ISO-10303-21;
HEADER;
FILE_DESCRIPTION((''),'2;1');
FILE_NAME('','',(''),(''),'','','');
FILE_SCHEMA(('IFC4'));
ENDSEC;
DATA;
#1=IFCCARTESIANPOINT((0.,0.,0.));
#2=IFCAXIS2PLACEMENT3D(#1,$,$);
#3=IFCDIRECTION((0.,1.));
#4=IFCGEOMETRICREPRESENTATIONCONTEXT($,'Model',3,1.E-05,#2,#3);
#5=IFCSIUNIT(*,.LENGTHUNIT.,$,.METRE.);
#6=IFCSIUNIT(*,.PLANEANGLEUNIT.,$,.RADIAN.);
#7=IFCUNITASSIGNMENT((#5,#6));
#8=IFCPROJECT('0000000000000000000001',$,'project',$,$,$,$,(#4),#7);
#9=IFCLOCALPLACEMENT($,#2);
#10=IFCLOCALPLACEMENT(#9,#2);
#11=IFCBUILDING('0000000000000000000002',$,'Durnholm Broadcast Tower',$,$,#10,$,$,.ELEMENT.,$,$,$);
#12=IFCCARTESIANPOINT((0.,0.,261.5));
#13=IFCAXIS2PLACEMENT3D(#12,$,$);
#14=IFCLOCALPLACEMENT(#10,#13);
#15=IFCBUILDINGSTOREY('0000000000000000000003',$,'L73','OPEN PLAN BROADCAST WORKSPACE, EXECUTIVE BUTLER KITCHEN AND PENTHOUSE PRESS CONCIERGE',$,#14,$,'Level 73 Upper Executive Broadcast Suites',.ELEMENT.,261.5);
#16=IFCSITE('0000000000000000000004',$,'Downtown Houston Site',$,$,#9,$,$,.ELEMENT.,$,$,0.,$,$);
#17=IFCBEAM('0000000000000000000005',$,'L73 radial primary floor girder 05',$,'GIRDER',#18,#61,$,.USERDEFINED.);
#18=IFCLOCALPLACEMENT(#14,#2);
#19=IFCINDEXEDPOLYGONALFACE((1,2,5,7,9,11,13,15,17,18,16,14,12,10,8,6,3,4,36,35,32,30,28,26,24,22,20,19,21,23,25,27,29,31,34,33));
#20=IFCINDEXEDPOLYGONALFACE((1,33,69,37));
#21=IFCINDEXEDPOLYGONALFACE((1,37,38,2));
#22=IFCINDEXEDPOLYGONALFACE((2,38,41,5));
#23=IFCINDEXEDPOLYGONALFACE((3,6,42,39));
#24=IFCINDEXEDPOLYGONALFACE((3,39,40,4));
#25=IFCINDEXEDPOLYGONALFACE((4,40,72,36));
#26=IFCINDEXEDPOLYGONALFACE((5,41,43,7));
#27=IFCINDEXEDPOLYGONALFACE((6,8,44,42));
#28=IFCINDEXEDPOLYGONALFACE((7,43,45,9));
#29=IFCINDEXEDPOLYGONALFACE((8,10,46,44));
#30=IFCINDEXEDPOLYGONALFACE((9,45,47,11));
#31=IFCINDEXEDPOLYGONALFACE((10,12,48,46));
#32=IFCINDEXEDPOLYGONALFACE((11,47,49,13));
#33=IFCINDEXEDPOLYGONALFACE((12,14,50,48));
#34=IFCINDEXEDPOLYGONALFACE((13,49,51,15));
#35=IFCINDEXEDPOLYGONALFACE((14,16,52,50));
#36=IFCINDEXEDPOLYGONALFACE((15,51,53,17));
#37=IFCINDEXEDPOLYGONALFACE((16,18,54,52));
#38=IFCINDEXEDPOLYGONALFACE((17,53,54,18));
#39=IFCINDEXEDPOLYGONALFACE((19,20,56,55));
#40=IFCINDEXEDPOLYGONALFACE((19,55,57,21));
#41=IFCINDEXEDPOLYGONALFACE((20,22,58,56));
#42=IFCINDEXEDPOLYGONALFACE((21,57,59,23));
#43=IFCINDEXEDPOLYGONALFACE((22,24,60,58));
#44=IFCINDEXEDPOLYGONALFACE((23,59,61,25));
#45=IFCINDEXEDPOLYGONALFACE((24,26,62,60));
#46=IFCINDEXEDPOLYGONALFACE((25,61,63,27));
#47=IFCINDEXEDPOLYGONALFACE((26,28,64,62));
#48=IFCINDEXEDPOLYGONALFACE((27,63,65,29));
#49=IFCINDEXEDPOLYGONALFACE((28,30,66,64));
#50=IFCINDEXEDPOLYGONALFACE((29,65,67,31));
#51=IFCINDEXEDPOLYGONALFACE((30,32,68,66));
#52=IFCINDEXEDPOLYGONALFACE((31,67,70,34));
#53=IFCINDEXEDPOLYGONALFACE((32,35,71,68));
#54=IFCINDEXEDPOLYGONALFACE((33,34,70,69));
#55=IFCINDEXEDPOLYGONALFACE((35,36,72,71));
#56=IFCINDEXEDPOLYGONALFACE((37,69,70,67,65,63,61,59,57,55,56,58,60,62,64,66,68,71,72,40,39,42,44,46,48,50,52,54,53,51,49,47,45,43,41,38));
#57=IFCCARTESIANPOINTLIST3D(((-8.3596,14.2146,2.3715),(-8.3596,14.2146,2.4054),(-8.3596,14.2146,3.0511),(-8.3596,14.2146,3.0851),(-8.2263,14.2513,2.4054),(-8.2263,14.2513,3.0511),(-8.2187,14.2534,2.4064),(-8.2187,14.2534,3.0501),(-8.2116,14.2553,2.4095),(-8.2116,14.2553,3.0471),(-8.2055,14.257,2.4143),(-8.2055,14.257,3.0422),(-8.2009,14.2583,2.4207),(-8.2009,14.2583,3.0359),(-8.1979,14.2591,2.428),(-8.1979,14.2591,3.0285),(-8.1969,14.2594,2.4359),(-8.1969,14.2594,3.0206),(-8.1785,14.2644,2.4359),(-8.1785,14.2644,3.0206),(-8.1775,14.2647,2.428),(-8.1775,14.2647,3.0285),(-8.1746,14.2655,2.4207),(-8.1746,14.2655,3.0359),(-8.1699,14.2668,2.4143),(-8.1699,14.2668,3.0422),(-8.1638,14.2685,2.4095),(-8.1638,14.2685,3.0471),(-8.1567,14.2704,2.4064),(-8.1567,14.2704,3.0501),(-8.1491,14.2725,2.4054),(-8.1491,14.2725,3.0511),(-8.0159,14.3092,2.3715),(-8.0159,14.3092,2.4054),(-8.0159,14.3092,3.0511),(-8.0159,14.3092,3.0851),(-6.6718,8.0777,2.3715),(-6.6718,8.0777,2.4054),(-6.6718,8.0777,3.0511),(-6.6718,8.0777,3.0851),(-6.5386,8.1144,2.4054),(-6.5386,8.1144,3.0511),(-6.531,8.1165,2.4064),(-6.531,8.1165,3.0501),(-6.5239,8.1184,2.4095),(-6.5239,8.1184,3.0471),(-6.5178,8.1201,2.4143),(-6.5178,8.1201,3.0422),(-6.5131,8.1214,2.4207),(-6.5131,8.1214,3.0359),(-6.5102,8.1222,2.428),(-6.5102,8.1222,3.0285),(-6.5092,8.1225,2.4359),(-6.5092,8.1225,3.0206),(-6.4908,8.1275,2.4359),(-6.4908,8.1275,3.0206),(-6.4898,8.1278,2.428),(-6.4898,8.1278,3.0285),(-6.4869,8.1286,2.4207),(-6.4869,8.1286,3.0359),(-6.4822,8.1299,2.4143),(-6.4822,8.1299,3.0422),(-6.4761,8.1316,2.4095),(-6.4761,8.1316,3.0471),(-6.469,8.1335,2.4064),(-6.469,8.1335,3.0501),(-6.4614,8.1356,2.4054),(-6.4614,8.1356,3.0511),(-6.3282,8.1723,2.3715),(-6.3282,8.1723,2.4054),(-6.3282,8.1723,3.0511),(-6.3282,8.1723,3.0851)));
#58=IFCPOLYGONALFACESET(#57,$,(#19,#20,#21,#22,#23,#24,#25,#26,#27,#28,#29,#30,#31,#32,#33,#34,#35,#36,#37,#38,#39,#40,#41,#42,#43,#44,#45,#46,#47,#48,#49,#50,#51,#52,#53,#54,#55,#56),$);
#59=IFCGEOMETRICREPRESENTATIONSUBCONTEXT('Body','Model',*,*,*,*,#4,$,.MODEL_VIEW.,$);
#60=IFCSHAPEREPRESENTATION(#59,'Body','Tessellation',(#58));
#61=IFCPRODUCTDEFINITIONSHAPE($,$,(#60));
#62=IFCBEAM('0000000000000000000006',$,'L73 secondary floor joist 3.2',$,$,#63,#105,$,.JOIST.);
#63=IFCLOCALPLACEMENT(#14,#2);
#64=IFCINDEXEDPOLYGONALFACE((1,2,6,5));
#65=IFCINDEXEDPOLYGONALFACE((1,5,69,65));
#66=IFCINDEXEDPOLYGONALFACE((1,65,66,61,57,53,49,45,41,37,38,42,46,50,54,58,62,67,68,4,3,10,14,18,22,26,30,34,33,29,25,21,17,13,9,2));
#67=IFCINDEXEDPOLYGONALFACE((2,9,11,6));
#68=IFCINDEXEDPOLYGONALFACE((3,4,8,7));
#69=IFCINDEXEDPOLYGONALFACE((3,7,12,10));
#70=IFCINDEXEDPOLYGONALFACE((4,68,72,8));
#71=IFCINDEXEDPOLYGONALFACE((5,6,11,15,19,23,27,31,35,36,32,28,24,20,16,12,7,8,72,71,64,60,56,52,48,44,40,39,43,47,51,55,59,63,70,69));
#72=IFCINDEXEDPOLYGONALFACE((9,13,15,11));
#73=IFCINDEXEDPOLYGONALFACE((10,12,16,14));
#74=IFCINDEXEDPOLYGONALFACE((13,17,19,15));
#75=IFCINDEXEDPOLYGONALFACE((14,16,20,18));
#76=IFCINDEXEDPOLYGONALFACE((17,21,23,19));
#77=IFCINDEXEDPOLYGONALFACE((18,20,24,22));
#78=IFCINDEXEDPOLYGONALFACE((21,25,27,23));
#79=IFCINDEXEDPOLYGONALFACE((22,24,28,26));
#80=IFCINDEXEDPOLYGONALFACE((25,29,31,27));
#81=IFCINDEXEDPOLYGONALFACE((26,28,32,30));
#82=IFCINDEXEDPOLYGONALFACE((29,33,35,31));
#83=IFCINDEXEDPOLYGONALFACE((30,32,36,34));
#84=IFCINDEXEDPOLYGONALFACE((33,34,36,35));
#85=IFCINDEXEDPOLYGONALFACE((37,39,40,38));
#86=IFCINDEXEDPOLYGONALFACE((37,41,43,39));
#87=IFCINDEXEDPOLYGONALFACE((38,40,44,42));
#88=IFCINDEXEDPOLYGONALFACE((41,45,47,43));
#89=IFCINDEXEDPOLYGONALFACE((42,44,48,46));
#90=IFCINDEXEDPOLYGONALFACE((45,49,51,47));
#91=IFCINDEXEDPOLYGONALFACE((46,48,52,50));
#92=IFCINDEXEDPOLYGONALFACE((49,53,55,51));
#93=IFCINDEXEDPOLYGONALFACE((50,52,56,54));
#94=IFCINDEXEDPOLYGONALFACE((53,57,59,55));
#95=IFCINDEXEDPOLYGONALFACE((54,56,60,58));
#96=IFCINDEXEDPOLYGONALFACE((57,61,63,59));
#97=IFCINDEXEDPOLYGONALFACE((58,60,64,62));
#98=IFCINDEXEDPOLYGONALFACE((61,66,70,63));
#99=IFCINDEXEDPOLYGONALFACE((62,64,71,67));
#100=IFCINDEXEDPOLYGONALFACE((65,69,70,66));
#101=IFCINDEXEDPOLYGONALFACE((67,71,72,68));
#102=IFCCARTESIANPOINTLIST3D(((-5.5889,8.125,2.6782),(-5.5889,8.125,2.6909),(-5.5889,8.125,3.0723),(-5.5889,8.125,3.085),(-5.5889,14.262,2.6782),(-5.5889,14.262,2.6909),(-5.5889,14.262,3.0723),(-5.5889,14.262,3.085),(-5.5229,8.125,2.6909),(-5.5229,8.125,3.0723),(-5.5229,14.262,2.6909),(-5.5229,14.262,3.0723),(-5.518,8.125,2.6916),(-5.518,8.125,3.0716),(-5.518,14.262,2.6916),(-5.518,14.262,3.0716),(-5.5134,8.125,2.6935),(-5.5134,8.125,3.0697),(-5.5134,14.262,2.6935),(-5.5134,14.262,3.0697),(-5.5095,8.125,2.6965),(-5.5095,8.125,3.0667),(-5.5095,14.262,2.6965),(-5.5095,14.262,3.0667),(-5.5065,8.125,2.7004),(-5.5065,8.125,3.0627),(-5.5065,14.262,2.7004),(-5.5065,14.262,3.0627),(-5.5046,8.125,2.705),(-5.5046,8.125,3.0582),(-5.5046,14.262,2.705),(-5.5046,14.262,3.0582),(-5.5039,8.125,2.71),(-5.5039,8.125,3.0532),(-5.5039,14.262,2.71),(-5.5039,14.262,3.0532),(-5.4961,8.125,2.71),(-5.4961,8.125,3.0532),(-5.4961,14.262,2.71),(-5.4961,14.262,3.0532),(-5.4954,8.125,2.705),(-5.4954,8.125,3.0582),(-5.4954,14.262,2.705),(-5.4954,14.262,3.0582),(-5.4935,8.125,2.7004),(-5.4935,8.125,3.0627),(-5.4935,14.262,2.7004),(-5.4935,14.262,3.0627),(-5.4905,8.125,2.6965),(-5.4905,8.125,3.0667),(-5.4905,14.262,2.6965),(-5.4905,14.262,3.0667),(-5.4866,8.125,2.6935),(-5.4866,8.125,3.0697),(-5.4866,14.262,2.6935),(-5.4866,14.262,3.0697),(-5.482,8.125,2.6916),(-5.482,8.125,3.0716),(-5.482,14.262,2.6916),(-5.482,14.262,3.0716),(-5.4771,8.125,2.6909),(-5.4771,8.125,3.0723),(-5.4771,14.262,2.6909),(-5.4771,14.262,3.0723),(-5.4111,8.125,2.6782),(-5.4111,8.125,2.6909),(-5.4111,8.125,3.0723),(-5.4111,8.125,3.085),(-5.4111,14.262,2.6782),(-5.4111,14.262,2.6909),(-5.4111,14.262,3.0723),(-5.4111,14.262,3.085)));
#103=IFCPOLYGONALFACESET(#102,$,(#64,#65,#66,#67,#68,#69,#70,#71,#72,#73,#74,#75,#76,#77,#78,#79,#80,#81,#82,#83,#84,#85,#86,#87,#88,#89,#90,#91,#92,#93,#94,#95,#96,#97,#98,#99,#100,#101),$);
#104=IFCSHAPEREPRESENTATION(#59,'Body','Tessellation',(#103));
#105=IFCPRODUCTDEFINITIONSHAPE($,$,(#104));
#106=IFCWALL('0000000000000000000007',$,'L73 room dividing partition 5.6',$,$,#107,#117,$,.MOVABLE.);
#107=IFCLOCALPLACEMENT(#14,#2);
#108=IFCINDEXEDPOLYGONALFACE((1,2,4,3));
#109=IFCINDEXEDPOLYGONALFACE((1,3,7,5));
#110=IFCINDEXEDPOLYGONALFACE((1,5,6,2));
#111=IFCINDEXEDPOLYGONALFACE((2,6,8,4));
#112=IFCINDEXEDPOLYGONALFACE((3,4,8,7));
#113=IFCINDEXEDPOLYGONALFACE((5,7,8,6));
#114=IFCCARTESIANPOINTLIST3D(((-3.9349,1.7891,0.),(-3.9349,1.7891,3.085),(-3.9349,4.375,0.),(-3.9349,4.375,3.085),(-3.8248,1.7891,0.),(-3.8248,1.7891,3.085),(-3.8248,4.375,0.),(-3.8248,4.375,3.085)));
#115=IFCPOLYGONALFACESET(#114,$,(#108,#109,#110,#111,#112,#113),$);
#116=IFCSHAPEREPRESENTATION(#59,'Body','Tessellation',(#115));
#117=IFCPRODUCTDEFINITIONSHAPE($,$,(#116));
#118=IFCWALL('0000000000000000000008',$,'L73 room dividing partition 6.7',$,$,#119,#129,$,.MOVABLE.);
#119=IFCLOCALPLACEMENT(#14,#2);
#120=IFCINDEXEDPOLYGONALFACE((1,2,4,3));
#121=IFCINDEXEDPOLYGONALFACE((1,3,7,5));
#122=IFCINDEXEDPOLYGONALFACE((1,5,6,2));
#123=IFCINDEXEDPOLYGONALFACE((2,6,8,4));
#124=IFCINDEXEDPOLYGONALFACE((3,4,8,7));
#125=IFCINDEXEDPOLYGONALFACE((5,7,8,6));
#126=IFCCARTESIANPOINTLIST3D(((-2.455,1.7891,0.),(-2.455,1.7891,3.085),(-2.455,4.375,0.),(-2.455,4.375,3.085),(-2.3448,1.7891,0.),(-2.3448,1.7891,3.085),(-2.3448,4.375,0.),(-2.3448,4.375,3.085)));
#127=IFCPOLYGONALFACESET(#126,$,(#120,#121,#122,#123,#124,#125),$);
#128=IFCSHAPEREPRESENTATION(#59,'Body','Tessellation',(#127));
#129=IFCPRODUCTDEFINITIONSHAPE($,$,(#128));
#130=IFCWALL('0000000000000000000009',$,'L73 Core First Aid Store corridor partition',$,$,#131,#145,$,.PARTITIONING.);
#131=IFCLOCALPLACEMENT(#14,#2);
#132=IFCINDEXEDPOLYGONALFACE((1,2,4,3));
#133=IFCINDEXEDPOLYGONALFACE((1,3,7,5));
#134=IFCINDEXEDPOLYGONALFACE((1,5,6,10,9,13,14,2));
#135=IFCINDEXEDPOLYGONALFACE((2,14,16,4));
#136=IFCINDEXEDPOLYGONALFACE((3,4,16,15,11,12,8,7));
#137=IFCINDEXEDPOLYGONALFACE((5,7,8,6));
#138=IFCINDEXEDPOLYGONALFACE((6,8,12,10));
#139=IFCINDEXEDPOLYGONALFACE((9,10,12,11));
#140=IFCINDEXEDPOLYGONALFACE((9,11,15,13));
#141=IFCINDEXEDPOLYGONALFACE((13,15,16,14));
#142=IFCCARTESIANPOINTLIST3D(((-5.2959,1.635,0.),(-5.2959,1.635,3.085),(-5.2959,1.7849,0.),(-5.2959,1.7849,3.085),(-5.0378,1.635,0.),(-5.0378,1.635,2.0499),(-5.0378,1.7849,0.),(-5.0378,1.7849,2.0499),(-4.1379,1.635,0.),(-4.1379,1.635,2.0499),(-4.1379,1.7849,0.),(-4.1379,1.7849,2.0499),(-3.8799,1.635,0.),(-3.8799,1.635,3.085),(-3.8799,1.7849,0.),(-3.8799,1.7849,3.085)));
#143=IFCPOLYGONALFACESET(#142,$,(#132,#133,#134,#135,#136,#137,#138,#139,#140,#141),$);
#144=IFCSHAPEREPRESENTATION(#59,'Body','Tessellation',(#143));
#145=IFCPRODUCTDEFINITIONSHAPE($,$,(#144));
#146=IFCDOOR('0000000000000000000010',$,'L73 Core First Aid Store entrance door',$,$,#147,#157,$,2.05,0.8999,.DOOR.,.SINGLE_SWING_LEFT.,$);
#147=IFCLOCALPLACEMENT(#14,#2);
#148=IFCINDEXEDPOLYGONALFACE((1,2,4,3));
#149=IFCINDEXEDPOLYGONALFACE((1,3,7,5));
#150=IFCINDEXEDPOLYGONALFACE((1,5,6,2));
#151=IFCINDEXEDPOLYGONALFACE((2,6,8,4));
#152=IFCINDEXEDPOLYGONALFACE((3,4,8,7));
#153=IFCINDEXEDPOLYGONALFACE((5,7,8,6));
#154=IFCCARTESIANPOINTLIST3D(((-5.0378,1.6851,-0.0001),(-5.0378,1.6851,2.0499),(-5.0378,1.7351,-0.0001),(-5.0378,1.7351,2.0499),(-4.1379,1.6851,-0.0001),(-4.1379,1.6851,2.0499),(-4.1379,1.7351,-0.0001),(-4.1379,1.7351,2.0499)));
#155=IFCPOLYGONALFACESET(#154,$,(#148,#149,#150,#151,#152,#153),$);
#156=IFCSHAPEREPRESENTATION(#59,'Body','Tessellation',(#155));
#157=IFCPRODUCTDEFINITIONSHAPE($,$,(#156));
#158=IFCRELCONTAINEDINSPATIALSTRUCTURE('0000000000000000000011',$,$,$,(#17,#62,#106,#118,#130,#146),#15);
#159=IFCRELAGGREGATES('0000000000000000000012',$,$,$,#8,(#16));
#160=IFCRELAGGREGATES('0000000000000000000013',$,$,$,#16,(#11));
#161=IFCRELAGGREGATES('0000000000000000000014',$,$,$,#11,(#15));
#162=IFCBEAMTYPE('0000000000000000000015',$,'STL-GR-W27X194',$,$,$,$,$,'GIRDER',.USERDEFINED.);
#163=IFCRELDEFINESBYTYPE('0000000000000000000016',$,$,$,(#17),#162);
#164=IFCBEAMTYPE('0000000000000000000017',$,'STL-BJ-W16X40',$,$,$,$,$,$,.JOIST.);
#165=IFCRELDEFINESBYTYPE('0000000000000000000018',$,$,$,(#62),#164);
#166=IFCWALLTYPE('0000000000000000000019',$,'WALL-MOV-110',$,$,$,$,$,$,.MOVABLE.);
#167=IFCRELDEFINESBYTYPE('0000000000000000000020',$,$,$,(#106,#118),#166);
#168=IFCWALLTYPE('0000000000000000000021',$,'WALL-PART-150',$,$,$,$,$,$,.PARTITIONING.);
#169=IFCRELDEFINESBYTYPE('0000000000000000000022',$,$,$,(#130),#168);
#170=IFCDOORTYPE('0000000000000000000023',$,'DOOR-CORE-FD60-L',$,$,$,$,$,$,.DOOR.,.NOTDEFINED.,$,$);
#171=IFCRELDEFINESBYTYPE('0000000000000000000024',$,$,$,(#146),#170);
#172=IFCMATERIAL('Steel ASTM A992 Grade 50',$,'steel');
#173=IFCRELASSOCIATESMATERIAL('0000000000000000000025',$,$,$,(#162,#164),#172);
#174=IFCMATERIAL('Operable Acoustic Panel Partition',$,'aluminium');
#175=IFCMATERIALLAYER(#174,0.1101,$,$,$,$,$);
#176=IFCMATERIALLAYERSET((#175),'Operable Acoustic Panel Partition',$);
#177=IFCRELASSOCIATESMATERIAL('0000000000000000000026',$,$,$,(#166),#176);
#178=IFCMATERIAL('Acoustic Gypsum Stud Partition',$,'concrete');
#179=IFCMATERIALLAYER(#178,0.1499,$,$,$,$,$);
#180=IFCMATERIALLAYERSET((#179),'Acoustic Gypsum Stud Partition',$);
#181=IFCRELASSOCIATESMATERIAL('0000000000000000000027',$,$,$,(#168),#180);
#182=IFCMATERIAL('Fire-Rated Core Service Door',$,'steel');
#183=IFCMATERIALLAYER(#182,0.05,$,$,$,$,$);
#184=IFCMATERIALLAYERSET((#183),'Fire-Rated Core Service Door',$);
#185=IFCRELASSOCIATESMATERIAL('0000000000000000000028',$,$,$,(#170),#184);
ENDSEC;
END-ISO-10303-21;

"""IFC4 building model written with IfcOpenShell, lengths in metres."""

from ifc_helpers import new_model, si_unit, direction, frame, frame_2d, origin, origin_2d, place, context, subcontext, project, spatial, rectangle, i_section, extrude, source, transform, mapped, material, layer, layer_set, material_profile, profile_set, type_object, type_shapes, element, fill, save


model = new_model("IFC4")

# Units and contexts
model_context = context("Model", 3, precision=1e-05, world=origin(), true_north=direction((0.0, 1.0)))
body_context = subcontext(model_context, "Body", "Model", "MODEL_VIEW")
ifc_project = project(units=[si_unit("LENGTHUNIT", "METRE"), si_unit("PLANEANGLEUNIT", "RADIAN")], contexts=[model_context])

# Site, building, storey
site_placement = place(None, origin())
site = spatial("IfcSite", under=ifc_project, at=site_placement, Name="Downtown Houston Site", CompositionType="ELEMENT", RefElevation=0.0)
building_placement = place(site_placement, origin())
building = spatial("IfcBuilding", under=site, at=building_placement, Name="Durnholm Broadcast Tower", CompositionType="ELEMENT")
storey_placement = place(building_placement, frame((0.0, 0.0, 261.5)))
storey = spatial("IfcBuildingStorey", under=building, at=storey_placement, Name="L73", Description="OPEN PLAN BROADCAST WORKSPACE, EXECUTIVE BUTLER KITCHEN AND PENTHOUSE PRESS CONCIERGE", LongName="Level 73 Upper Executive Broadcast Suites", CompositionType="ELEMENT", Elevation=261.5)

# Beams
ifc_material_1 = material(Name="Steel ASTM A992 Grade 50", Category="steel")
ifc_material_profile_1 = material_profile(ifc_material_1, i_section(OverallWidth=0.3564, OverallDepth=0.7136, WebThickness=0.019, FlangeThickness=0.0339, FilletRadius=0.0305, at=origin_2d()), Name="W27X194")
ifc_profile_set_1 = profile_set([ifc_material_profile_1], Name="Steel ASTM A992 Grade 50")
beam_type_1 = type_object("IfcBeamType", Name="STL-GR-W27X194", ElementType="GIRDER", PredefinedType="USERDEFINED", material=ifc_profile_set_1)
shared_shape_1 = source(origin(), body_context, "Body", "SweptSolid", [
    extrude(i_section(OverallWidth=0.3564, OverallDepth=0.7136, WebThickness=0.019, FlangeThickness=0.0339, FilletRadius=0.0305, at=origin_2d()), origin(), (0.0, 0.0, 1.0), 6.3647),
])
type_shapes(beam_type_1, [shared_shape_1])
beam_1_placement = place(storey_placement, frame((-6.5, 8.125, 2.7283), z_axis=(-0.265168, 0.964202, 0.0), x_axis=(-0.964202, -0.265168, 0.0)))
element("IfcBeam", 1, at=beam_1_placement, inside=storey, type_object=beam_type_1, Name="L73 radial primary floor girder 05", ObjectType="GIRDER", PredefinedType="USERDEFINED", context=body_context, shape_type="MappedRepresentation", body=[
    mapped(shared_shape_1, transform((0.0, 0.0, 0.0), x_axis=(1.0, 0.0, 0.0), y_axis=(0.0, 1.0, 0.0), z_axis=(0.0, 0.0, 1.0), scale=1.0)),
])
ifc_material_profile_2 = material_profile(ifc_material_1, i_section(OverallWidth=0.1777, OverallDepth=0.4067, WebThickness=0.0078, FlangeThickness=0.0127, FilletRadius=0.019, at=origin_2d()), Name="W16X40")
ifc_profile_set_2 = profile_set([ifc_material_profile_2], Name="Steel ASTM A992 Grade 50")
beam_type_2 = type_object("IfcBeamType", Name="STL-BJ-W16X40", PredefinedType="JOIST", material=ifc_profile_set_2)
shared_shape_2 = source(origin(), body_context, "Body", "SweptSolid", [
    extrude(i_section(OverallWidth=0.1777, OverallDepth=0.4067, WebThickness=0.0078, FlangeThickness=0.0127, FilletRadius=0.019, at=origin_2d()), origin(), (0.0, 0.0, 1.0), 6.137),
])
type_shapes(beam_type_2, [shared_shape_2])
beam_2_placement = place(storey_placement, frame((-5.5, 8.125, 2.8816), z_axis=(0.0, 1.0, 0.0), x_axis=(-1.0, 0.0, 0.0)))
element("IfcBeam", 2, at=beam_2_placement, inside=storey, type_object=beam_type_2, Name="L73 secondary floor joist 3.2", PredefinedType="JOIST", context=body_context, shape_type="MappedRepresentation", body=[
    mapped(shared_shape_2, transform((0.0, 0.0, 0.0), x_axis=(1.0, 0.0, 0.0), y_axis=(0.0, 1.0, 0.0), z_axis=(0.0, 0.0, 1.0), scale=1.0)),
])

# Walls
ifc_material_2 = material(Name="Operable Acoustic Panel Partition", Category="aluminium")
ifc_layer_1 = layer(ifc_material_2, 0.1101)
ifc_layer_set_1 = layer_set([ifc_layer_1], Name="Operable Acoustic Panel Partition")
wall_type_1 = type_object("IfcWallType", Name="WALL-MOV-110", PredefinedType="MOVABLE", material=ifc_layer_set_1)
for number, where, z_axis, x_axis, name in (
    (3, (-3.8799, 4.375, 0.0), (0.0, 0.0, 1.0), (0.0, -1.0, 0.0), "L73 room dividing partition 5.6"),
    (4, (-2.3999, 4.375, 0.0), (0.0, 0.0, 1.0), (0.0, -1.0, 0.0), "L73 room dividing partition 6.7"),
):
    element("IfcWall", number, at=place(storey_placement, frame(where, z_axis=z_axis, x_axis=x_axis)), inside=storey, type_object=wall_type_1, Name=name, PredefinedType="MOVABLE", context=body_context, shape_type="SweptSolid", body=[
        extrude(rectangle(XDim=2.5859, YDim=0.1101, at=frame_2d((1.293, 0.0))), origin(), (0.0, 0.0, 1.0), 3.085),
    ])

# Wall, opening, door
ifc_material_3 = material(Name="Acoustic Gypsum Stud Partition", Category="concrete")
ifc_layer_2 = layer(ifc_material_3, 0.1499)
ifc_layer_set_2 = layer_set([ifc_layer_2], Name="Acoustic Gypsum Stud Partition")
wall_type_2 = type_object("IfcWallType", Name="WALL-PART-150", PredefinedType="PARTITIONING", material=ifc_layer_set_2)
wall_1_placement = place(storey_placement, frame((-3.8799, 1.71, 0.0), z_axis=(0.0, 0.0, 1.0), x_axis=(-1.0, 0.0, 0.0)))
wall_1 = element("IfcWall", 5, at=wall_1_placement, inside=storey, type_object=wall_type_2, Name="L73 Core First Aid Store corridor partition", PredefinedType="PARTITIONING", context=body_context, shape_type="SweptSolid", body=[
    extrude(rectangle(XDim=1.416, YDim=0.1499, at=frame_2d((0.708, 0.0))), origin(), (0.0, 0.0, 1.0), 3.085),
])
opening_1_placement = place(wall_1_placement, frame((0.2581, 0.0, 0.0)))
opening_1 = element("IfcOpeningElement", 6, at=opening_1_placement, cuts=wall_1, PredefinedType="OPENING", context=body_context, shape_type="SweptSolid", body=[
    extrude(rectangle(XDim=0.8999, YDim=2.05, at=frame_2d((0.45, 1.0249))), frame((0.0, 0.085, 0.0), z_axis=(0.0, -1.0, 0.0), x_axis=(1.0, 0.0, 0.0)), (0.0, 0.0, 1.0), 0.1699),
])
ifc_material_4 = material(Name="Fire-Rated Core Service Door", Category="steel")
ifc_layer_3 = layer(ifc_material_4, 0.05)
ifc_layer_set_3 = layer_set([ifc_layer_3], Name="Fire-Rated Core Service Door")
door_type_1 = type_object("IfcDoorType", Name="DOOR-CORE-FD60-L", OperationType="NOTDEFINED", PredefinedType="DOOR", material=ifc_layer_set_3)
shared_shape_3 = source(origin(), body_context, "Body", "SweptSolid", [
    extrude(rectangle(XDim=0.8999, YDim=2.05, at=frame_2d((0.45, 1.0249))), frame((0.0, 0.0249, 0.0), z_axis=(0.0, -1.0, 0.0), x_axis=(1.0, 0.0, 0.0)), (0.0, 0.0, 1.0), 0.05),
])
type_shapes(door_type_1, [shared_shape_3])
door_1_placement = place(opening_1_placement, origin())
door_1 = element("IfcDoor", 7, at=door_1_placement, inside=storey, type_object=door_type_1, Name="L73 Core First Aid Store entrance door", OperationType="SINGLE_SWING_LEFT", OverallHeight=2.05, OverallWidth=0.8999, PredefinedType="DOOR", context=body_context, shape_type="MappedRepresentation", body=[
    mapped(shared_shape_3, transform((0.0, 0.0, 0.0), x_axis=(1.0, 0.0, 0.0), y_axis=(0.0, 1.0, 0.0), z_axis=(0.0, 0.0, 1.0), scale=1.0)),
])
fill(opening_1, door_1)

save(model, "model.ifc")
